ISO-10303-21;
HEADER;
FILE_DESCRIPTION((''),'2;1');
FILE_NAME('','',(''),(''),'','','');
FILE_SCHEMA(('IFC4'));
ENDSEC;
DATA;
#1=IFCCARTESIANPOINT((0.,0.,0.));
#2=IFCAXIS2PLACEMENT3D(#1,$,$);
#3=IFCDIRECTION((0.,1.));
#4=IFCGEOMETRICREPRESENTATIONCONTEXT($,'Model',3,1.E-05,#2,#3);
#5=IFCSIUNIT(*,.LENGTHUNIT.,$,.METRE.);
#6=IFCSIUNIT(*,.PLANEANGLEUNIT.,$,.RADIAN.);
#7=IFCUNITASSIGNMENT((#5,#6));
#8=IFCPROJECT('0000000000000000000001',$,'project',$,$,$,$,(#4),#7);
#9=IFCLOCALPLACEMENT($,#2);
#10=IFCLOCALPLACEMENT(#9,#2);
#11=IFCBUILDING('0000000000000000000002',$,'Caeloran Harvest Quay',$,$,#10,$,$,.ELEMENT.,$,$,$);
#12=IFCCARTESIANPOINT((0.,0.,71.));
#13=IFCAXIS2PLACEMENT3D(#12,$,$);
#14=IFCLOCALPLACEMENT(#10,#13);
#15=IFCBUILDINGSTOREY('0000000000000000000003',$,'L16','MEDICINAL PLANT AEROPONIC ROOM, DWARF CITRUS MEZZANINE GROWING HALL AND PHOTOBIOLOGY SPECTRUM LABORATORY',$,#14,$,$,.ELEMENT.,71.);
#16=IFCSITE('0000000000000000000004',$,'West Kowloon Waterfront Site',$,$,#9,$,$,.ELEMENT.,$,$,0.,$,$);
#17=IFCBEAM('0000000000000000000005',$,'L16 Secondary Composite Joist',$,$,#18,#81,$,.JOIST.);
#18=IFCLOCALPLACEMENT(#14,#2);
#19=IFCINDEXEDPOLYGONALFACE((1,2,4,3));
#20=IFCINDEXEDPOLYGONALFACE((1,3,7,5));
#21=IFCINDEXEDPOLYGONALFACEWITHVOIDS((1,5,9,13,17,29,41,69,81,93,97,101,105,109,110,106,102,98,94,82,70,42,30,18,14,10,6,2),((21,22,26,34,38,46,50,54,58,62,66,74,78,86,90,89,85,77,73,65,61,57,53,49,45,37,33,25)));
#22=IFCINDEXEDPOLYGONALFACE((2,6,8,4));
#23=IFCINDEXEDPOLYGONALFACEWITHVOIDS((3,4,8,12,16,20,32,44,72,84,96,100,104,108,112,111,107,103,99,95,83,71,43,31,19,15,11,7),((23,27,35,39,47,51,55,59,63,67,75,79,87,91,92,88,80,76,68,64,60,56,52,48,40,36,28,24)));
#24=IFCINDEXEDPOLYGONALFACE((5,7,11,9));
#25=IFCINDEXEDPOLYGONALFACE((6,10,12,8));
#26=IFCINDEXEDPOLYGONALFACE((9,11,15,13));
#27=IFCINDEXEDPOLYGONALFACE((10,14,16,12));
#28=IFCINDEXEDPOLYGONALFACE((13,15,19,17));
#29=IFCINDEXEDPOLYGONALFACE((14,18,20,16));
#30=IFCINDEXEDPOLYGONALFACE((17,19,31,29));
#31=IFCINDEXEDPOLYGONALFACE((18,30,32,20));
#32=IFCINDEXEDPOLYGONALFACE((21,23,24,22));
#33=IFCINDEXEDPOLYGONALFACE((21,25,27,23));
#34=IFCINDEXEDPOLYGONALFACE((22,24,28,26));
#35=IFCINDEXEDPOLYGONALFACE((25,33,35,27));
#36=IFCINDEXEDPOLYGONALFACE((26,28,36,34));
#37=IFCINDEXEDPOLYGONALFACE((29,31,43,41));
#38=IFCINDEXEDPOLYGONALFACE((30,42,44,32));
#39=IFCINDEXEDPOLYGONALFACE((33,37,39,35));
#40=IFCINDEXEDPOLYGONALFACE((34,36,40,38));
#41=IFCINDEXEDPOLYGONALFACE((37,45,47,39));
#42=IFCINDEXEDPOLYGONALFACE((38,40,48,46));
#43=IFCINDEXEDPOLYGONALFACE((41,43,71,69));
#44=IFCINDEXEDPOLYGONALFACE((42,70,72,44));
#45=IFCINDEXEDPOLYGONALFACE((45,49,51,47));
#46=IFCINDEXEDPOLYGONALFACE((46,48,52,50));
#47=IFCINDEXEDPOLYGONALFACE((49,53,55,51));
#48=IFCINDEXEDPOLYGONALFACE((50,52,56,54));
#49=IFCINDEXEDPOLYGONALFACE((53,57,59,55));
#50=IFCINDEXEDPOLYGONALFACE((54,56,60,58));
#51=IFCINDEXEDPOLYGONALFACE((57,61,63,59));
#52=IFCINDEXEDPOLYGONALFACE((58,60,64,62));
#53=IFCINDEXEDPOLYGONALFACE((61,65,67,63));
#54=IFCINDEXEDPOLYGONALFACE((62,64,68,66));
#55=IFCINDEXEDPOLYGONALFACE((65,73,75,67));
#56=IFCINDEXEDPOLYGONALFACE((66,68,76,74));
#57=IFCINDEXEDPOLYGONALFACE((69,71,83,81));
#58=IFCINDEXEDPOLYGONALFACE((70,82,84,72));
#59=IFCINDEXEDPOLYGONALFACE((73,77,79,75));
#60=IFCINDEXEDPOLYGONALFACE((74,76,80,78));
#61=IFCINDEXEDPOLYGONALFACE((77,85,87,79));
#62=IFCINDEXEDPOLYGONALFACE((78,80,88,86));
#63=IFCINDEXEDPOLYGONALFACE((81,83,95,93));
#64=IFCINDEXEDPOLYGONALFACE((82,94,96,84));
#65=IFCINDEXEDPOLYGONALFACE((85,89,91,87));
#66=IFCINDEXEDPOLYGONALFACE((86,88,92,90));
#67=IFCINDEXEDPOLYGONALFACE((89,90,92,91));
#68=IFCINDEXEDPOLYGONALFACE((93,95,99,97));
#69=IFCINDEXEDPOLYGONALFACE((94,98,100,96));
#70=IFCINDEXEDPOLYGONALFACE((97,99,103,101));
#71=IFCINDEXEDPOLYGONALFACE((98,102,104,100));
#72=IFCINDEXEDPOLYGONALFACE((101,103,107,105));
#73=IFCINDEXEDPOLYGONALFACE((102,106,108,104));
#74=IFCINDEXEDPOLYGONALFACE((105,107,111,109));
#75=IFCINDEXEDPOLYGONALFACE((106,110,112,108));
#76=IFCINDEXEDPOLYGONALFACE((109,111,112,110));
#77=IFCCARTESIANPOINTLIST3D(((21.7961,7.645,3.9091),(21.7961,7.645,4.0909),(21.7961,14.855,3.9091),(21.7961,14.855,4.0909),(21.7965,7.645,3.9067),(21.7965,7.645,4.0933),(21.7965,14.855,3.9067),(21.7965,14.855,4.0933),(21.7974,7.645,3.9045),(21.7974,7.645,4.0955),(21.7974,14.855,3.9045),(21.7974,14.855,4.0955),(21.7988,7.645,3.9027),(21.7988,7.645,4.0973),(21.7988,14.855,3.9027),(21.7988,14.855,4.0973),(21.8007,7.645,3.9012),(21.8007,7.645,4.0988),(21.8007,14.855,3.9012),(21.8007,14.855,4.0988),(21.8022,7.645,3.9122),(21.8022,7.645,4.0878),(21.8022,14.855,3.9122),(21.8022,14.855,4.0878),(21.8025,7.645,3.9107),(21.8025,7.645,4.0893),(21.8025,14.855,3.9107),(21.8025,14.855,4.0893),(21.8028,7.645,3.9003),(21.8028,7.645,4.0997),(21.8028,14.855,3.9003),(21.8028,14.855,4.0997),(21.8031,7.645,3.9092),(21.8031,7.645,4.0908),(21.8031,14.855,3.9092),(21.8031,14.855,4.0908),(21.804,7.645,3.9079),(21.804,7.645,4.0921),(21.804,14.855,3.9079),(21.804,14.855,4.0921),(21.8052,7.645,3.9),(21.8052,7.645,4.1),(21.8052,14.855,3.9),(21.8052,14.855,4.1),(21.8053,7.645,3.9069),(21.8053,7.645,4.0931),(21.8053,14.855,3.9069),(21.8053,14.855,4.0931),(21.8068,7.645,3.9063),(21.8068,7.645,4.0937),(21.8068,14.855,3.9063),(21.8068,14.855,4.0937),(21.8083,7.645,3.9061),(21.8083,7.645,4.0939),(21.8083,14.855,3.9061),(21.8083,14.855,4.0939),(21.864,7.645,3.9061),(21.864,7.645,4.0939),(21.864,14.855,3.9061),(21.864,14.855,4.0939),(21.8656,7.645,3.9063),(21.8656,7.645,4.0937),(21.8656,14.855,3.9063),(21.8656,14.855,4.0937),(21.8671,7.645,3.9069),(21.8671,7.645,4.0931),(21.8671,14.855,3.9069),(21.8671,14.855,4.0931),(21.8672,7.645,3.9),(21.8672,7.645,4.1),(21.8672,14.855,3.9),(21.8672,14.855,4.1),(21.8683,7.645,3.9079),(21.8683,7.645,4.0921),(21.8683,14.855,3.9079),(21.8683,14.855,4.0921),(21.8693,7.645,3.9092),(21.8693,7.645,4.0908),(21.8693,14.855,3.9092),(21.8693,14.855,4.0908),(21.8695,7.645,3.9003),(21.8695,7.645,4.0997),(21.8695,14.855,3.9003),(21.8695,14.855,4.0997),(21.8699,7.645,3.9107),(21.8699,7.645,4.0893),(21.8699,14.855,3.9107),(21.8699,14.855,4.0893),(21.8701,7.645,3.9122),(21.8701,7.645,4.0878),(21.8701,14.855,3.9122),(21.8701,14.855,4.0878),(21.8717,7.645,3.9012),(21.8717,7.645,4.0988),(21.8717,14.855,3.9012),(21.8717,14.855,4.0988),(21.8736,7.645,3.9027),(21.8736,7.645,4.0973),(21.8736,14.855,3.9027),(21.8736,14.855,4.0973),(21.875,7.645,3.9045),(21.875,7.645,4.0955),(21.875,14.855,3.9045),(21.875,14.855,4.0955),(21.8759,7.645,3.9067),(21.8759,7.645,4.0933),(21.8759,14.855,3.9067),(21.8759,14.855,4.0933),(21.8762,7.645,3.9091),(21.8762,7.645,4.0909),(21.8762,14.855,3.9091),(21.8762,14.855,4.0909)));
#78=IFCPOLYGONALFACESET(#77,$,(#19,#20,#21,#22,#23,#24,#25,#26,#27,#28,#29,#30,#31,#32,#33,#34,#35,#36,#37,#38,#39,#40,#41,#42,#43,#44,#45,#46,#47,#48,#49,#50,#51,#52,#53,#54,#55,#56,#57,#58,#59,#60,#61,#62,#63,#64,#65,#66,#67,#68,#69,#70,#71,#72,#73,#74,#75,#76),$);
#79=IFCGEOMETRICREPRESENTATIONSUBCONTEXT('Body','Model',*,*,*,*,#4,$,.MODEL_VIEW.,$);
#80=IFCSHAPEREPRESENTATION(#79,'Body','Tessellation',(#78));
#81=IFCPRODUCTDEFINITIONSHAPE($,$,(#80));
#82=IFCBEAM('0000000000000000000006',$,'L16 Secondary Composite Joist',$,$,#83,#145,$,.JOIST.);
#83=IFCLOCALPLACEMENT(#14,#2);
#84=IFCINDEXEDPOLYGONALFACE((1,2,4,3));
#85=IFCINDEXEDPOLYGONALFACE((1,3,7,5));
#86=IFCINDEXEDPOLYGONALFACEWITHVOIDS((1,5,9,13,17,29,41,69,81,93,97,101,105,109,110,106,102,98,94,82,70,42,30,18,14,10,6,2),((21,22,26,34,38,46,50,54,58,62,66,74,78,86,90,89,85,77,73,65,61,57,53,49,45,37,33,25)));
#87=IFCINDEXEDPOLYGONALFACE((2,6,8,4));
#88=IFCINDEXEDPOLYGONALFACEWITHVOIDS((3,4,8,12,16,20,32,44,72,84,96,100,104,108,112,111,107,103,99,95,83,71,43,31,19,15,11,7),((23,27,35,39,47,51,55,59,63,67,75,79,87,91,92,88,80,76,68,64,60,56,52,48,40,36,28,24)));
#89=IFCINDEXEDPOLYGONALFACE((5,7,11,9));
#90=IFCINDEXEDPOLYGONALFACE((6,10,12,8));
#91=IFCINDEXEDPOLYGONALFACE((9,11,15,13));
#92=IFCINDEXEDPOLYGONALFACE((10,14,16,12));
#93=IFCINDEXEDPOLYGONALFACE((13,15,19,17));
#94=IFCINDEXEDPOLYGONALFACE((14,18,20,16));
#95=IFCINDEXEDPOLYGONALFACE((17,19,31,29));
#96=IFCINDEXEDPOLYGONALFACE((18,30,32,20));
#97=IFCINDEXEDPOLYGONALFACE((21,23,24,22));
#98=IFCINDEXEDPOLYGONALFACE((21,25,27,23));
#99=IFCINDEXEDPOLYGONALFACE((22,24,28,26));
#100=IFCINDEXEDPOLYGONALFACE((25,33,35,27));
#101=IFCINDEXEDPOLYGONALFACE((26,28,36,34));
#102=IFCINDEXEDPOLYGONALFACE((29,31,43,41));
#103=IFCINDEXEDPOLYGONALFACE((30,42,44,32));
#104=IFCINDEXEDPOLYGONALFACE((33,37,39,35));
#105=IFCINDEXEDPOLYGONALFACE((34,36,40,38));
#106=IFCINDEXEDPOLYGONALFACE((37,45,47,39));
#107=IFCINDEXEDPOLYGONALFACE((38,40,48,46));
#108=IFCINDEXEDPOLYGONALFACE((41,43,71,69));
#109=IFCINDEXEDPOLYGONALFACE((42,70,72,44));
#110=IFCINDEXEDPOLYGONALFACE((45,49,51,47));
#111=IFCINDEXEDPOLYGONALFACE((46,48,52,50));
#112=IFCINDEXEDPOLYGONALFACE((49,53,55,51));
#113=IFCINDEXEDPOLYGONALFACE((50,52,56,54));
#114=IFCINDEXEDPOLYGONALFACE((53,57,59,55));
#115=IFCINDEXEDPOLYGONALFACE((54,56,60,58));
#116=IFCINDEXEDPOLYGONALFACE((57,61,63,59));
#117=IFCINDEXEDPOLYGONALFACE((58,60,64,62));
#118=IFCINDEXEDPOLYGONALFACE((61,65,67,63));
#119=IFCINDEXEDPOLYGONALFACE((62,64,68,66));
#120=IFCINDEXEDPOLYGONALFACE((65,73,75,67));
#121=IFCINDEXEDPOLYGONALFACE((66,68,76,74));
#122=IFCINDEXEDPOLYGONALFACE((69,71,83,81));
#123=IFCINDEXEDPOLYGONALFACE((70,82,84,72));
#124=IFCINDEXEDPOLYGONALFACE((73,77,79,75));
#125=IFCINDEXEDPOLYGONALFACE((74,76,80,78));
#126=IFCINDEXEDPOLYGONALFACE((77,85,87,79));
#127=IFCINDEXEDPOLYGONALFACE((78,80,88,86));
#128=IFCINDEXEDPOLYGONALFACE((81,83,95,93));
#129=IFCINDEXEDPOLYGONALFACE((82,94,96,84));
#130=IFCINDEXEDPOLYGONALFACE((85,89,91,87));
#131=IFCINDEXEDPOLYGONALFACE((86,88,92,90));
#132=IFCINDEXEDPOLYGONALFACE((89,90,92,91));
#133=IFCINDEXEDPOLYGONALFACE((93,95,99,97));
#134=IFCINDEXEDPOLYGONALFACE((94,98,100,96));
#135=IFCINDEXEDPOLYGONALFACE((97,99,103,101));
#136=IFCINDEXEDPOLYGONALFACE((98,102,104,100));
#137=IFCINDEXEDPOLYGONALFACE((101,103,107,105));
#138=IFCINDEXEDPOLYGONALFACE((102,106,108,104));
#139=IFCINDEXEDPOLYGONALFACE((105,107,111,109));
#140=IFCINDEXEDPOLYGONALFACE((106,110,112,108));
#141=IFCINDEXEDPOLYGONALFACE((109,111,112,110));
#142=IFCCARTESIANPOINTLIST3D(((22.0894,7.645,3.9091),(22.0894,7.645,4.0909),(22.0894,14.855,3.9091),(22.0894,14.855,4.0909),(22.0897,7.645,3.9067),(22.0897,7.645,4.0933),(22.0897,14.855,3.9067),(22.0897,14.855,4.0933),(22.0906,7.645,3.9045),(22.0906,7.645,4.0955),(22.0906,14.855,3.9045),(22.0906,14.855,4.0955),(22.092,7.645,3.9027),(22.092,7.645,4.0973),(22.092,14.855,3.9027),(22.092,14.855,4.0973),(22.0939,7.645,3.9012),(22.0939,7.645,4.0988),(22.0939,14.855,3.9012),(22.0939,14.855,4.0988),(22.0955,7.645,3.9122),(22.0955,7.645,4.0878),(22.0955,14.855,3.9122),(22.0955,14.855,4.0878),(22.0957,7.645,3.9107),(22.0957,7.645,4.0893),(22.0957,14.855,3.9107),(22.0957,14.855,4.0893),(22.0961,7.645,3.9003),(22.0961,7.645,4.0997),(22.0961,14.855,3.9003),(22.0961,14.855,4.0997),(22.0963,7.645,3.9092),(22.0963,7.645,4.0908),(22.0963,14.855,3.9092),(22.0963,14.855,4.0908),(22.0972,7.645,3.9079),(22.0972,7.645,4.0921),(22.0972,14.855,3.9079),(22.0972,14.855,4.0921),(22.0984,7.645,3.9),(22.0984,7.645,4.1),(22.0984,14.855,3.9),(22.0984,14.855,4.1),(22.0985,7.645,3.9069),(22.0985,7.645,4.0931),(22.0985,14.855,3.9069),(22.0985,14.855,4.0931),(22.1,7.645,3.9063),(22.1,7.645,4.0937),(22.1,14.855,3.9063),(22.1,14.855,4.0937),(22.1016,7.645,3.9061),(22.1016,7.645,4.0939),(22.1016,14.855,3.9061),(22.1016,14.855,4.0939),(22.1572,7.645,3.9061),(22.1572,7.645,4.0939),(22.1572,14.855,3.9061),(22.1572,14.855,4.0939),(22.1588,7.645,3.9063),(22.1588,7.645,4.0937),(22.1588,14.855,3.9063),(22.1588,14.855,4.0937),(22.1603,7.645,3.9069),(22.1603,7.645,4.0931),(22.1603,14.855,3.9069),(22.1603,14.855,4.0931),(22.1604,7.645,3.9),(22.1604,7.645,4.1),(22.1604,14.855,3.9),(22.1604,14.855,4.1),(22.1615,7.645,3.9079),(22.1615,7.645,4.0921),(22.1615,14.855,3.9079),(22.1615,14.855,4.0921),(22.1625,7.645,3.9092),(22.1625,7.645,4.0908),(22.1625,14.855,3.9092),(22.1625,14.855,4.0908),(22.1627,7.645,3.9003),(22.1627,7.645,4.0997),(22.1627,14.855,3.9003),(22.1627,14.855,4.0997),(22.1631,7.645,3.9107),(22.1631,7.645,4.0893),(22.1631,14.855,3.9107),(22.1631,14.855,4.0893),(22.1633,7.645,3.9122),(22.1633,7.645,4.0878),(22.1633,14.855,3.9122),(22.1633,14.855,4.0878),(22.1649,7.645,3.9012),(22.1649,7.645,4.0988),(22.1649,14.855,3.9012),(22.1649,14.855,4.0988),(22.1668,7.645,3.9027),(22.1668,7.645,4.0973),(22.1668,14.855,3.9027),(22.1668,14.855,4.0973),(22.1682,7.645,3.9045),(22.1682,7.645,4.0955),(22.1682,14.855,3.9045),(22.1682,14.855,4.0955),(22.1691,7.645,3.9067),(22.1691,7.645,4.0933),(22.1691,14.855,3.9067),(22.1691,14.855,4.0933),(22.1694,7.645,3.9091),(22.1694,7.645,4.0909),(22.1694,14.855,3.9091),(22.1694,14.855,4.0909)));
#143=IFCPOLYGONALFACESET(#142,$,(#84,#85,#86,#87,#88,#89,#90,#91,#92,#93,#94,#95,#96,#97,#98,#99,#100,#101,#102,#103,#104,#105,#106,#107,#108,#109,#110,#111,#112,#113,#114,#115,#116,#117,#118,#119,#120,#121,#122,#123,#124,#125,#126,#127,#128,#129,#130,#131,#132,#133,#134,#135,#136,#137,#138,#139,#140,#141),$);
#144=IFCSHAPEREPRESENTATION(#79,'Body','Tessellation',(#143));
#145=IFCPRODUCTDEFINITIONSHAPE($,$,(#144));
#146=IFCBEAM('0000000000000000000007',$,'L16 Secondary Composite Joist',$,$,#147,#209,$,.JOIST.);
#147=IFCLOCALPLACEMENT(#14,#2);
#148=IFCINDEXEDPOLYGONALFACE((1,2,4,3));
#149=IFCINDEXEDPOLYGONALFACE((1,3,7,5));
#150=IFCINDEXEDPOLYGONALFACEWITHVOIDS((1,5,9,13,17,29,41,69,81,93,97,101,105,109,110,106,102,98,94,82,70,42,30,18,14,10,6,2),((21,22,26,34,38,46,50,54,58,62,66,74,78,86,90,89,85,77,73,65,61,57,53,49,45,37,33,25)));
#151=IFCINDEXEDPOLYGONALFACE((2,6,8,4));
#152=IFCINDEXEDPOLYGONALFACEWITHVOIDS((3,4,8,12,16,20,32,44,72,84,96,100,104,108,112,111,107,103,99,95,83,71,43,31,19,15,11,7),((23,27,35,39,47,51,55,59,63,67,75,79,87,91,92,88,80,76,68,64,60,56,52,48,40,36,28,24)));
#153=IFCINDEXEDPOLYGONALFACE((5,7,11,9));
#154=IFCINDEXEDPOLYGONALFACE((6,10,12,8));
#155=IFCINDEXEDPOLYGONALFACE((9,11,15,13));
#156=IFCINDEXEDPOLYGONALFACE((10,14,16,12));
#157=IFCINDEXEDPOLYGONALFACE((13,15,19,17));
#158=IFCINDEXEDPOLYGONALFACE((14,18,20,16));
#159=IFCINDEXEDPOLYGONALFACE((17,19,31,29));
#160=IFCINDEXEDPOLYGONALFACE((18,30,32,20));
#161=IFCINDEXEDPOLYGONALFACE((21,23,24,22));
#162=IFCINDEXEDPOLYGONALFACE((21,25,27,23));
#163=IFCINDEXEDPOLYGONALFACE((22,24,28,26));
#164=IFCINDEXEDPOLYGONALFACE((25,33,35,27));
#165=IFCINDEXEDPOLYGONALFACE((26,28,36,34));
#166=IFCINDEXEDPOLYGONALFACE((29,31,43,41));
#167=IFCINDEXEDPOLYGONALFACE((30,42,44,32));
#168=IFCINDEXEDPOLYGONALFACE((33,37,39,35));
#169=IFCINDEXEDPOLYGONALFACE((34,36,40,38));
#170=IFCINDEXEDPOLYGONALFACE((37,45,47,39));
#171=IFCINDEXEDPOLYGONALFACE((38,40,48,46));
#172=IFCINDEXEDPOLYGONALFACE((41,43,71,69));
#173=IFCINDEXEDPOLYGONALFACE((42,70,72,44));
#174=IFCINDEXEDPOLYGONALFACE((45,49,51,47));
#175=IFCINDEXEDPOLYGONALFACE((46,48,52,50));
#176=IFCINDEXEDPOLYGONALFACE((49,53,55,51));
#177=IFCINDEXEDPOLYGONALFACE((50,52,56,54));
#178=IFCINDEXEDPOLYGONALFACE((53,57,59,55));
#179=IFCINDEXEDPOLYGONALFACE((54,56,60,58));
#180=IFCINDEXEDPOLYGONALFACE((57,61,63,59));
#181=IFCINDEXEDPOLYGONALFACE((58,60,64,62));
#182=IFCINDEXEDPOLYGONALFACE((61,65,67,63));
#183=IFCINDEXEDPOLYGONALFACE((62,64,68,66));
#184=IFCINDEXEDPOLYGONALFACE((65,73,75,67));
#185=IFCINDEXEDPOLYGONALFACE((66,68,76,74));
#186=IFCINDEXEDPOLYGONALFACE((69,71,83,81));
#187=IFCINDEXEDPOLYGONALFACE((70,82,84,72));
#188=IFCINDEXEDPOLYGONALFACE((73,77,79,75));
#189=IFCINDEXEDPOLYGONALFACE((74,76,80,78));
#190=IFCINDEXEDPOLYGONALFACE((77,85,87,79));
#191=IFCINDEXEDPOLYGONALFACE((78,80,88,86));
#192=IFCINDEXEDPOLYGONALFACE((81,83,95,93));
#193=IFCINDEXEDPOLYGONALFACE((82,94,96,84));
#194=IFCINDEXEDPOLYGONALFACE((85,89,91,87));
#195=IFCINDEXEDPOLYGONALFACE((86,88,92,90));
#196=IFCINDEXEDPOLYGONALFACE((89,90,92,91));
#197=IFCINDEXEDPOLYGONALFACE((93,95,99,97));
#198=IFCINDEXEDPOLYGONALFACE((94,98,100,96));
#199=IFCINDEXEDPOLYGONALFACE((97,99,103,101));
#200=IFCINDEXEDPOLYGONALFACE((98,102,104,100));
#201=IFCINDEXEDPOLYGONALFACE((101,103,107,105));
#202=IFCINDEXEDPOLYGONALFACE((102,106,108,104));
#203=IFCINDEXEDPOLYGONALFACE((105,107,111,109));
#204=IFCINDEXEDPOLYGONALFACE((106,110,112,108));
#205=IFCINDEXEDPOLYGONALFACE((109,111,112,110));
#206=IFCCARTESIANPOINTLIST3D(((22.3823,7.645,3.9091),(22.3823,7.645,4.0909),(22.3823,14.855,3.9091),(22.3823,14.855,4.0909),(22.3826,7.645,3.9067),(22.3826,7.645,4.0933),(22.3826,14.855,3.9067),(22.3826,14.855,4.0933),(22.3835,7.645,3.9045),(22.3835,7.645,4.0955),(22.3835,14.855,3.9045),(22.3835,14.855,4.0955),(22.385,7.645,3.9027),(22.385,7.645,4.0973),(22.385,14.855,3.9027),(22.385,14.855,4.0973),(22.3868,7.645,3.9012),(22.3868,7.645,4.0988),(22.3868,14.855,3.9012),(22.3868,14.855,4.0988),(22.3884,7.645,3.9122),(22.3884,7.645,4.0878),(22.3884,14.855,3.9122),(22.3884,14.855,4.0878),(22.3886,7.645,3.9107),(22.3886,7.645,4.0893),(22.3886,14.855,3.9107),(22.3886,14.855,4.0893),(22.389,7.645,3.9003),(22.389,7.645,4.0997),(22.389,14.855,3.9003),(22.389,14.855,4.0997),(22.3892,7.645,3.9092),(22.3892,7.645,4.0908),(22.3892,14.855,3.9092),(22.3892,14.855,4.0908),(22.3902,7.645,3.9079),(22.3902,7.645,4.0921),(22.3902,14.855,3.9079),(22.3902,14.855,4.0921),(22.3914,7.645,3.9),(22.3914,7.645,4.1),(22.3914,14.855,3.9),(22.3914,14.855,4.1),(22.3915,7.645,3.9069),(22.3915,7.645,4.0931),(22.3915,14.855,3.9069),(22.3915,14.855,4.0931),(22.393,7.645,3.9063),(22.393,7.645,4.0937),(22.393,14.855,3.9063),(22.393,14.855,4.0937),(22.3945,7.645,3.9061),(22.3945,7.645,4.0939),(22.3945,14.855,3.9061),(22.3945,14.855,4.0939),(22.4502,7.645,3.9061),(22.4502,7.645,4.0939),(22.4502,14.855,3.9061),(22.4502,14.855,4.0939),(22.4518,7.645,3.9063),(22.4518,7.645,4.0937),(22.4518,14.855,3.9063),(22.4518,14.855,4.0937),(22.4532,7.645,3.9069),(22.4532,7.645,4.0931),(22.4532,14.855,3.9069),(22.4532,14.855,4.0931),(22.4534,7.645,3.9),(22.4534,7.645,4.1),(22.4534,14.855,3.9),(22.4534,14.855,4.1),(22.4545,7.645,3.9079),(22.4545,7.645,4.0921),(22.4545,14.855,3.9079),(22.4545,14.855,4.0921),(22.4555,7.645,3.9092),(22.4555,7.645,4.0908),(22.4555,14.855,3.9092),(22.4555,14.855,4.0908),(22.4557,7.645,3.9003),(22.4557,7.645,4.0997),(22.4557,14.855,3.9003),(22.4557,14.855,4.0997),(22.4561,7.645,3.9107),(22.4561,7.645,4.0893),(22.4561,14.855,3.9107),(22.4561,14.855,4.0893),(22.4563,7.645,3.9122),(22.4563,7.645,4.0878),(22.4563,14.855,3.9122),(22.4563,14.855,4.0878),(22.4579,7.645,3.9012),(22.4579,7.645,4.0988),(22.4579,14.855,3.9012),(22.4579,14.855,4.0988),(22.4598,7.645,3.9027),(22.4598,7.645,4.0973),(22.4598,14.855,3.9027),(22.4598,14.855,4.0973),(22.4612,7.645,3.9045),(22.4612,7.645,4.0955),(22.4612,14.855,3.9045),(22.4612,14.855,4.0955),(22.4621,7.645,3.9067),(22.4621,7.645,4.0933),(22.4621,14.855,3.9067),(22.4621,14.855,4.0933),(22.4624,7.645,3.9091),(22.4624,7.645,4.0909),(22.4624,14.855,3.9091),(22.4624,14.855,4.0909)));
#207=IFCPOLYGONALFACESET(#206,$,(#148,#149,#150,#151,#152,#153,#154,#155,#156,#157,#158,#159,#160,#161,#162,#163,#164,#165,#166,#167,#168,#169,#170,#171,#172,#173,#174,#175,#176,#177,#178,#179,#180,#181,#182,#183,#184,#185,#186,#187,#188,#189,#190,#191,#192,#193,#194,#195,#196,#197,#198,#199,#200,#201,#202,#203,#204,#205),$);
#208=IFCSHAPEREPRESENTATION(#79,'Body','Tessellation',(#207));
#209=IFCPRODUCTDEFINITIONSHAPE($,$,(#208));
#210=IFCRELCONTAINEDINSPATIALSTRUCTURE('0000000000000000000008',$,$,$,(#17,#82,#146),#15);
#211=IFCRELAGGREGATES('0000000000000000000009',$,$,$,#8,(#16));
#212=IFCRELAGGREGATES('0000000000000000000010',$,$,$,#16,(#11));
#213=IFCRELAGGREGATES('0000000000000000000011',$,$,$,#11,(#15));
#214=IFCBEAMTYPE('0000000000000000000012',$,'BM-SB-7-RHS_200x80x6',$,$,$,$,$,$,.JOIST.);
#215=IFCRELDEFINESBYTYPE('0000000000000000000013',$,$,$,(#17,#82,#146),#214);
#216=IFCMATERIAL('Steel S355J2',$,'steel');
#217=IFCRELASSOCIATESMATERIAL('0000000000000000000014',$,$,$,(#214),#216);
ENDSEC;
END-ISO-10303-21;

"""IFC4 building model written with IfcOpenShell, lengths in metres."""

from ifc_helpers import new_model, si_unit, direction, frame, origin, origin_2d, place, context, subcontext, project, spatial, hollow_rectangle, extrude, material, material_profile, profile_set, type_object, element, save


model = new_model("IFC4")

# Units and contexts
model_context = context("Model", 3, precision=1e-05, world=origin(), true_north=direction((0.0, 1.0)))
body_context = subcontext(model_context, "Body", "Model", "MODEL_VIEW")
ifc_project = project(units=[si_unit("LENGTHUNIT", "METRE"), si_unit("PLANEANGLEUNIT", "RADIAN")], contexts=[model_context])

# Site, building, storey
site_placement = place(None, origin())
site = spatial("IfcSite", under=ifc_project, at=site_placement, Name="West Kowloon Waterfront Site", CompositionType="ELEMENT", RefElevation=0.0)
building_placement = place(site_placement, origin())
building = spatial("IfcBuilding", under=site, at=building_placement, Name="Caeloran Harvest Quay", CompositionType="ELEMENT")
storey_placement = place(building_placement, frame((0.0, 0.0, 71.0)))
storey = spatial("IfcBuildingStorey", under=building, at=storey_placement, Name="L16", Description="MEDICINAL PLANT AEROPONIC ROOM, DWARF CITRUS MEZZANINE GROWING HALL AND PHOTOBIOLOGY SPECTRUM LABORATORY", CompositionType="ELEMENT", Elevation=71.0)

# Beams
ifc_material_1 = material(Name="Steel S355J2", Category="steel")
ifc_material_profile_1 = material_profile(ifc_material_1, hollow_rectangle(XDim=0.0801, YDim=0.2, WallThickness=0.0061, InnerFilletRadius=0.0061, OuterFilletRadius=0.009, at=origin_2d()), Name="RHS 200x80x6")
ifc_profile_set_1 = profile_set([ifc_material_profile_1], Name="Steel S355J2")
beam_type_1 = type_object("IfcBeamType", Name="BM-SB-7-RHS_200x80x6", PredefinedType="JOIST", material=ifc_profile_set_1)
for number, where, z_axis, x_axis, name in (
    (1, (21.8362, 7.645, 4.0), (0.0, 1.0, 0.0), (-1.0, 0.0, 0.0), "L16 Secondary Composite Joist"),
    (2, (22.1294, 7.645, 4.0), (0.0, 1.0, 0.0), (-1.0, 0.0, 0.0), "L16 Secondary Composite Joist"),
    (3, (22.4224, 7.645, 4.0), (0.0, 1.0, 0.0), (-1.0, 0.0, 0.0), "L16 Secondary Composite Joist"),
):
    element("IfcBeam", number, at=place(storey_placement, frame(where, z_axis=z_axis, x_axis=x_axis)), inside=storey, type_object=beam_type_1, Name=name, PredefinedType="JOIST", context=body_context, shape_type="SweptSolid", body=[
        extrude(hollow_rectangle(XDim=0.0801, YDim=0.2, WallThickness=0.0061, InnerFilletRadius=0.0061, OuterFilletRadius=0.009, at=origin_2d()), origin(), (0.0, 0.0, 1.0), 7.21),
    ])

save(model, "model.ifc")
